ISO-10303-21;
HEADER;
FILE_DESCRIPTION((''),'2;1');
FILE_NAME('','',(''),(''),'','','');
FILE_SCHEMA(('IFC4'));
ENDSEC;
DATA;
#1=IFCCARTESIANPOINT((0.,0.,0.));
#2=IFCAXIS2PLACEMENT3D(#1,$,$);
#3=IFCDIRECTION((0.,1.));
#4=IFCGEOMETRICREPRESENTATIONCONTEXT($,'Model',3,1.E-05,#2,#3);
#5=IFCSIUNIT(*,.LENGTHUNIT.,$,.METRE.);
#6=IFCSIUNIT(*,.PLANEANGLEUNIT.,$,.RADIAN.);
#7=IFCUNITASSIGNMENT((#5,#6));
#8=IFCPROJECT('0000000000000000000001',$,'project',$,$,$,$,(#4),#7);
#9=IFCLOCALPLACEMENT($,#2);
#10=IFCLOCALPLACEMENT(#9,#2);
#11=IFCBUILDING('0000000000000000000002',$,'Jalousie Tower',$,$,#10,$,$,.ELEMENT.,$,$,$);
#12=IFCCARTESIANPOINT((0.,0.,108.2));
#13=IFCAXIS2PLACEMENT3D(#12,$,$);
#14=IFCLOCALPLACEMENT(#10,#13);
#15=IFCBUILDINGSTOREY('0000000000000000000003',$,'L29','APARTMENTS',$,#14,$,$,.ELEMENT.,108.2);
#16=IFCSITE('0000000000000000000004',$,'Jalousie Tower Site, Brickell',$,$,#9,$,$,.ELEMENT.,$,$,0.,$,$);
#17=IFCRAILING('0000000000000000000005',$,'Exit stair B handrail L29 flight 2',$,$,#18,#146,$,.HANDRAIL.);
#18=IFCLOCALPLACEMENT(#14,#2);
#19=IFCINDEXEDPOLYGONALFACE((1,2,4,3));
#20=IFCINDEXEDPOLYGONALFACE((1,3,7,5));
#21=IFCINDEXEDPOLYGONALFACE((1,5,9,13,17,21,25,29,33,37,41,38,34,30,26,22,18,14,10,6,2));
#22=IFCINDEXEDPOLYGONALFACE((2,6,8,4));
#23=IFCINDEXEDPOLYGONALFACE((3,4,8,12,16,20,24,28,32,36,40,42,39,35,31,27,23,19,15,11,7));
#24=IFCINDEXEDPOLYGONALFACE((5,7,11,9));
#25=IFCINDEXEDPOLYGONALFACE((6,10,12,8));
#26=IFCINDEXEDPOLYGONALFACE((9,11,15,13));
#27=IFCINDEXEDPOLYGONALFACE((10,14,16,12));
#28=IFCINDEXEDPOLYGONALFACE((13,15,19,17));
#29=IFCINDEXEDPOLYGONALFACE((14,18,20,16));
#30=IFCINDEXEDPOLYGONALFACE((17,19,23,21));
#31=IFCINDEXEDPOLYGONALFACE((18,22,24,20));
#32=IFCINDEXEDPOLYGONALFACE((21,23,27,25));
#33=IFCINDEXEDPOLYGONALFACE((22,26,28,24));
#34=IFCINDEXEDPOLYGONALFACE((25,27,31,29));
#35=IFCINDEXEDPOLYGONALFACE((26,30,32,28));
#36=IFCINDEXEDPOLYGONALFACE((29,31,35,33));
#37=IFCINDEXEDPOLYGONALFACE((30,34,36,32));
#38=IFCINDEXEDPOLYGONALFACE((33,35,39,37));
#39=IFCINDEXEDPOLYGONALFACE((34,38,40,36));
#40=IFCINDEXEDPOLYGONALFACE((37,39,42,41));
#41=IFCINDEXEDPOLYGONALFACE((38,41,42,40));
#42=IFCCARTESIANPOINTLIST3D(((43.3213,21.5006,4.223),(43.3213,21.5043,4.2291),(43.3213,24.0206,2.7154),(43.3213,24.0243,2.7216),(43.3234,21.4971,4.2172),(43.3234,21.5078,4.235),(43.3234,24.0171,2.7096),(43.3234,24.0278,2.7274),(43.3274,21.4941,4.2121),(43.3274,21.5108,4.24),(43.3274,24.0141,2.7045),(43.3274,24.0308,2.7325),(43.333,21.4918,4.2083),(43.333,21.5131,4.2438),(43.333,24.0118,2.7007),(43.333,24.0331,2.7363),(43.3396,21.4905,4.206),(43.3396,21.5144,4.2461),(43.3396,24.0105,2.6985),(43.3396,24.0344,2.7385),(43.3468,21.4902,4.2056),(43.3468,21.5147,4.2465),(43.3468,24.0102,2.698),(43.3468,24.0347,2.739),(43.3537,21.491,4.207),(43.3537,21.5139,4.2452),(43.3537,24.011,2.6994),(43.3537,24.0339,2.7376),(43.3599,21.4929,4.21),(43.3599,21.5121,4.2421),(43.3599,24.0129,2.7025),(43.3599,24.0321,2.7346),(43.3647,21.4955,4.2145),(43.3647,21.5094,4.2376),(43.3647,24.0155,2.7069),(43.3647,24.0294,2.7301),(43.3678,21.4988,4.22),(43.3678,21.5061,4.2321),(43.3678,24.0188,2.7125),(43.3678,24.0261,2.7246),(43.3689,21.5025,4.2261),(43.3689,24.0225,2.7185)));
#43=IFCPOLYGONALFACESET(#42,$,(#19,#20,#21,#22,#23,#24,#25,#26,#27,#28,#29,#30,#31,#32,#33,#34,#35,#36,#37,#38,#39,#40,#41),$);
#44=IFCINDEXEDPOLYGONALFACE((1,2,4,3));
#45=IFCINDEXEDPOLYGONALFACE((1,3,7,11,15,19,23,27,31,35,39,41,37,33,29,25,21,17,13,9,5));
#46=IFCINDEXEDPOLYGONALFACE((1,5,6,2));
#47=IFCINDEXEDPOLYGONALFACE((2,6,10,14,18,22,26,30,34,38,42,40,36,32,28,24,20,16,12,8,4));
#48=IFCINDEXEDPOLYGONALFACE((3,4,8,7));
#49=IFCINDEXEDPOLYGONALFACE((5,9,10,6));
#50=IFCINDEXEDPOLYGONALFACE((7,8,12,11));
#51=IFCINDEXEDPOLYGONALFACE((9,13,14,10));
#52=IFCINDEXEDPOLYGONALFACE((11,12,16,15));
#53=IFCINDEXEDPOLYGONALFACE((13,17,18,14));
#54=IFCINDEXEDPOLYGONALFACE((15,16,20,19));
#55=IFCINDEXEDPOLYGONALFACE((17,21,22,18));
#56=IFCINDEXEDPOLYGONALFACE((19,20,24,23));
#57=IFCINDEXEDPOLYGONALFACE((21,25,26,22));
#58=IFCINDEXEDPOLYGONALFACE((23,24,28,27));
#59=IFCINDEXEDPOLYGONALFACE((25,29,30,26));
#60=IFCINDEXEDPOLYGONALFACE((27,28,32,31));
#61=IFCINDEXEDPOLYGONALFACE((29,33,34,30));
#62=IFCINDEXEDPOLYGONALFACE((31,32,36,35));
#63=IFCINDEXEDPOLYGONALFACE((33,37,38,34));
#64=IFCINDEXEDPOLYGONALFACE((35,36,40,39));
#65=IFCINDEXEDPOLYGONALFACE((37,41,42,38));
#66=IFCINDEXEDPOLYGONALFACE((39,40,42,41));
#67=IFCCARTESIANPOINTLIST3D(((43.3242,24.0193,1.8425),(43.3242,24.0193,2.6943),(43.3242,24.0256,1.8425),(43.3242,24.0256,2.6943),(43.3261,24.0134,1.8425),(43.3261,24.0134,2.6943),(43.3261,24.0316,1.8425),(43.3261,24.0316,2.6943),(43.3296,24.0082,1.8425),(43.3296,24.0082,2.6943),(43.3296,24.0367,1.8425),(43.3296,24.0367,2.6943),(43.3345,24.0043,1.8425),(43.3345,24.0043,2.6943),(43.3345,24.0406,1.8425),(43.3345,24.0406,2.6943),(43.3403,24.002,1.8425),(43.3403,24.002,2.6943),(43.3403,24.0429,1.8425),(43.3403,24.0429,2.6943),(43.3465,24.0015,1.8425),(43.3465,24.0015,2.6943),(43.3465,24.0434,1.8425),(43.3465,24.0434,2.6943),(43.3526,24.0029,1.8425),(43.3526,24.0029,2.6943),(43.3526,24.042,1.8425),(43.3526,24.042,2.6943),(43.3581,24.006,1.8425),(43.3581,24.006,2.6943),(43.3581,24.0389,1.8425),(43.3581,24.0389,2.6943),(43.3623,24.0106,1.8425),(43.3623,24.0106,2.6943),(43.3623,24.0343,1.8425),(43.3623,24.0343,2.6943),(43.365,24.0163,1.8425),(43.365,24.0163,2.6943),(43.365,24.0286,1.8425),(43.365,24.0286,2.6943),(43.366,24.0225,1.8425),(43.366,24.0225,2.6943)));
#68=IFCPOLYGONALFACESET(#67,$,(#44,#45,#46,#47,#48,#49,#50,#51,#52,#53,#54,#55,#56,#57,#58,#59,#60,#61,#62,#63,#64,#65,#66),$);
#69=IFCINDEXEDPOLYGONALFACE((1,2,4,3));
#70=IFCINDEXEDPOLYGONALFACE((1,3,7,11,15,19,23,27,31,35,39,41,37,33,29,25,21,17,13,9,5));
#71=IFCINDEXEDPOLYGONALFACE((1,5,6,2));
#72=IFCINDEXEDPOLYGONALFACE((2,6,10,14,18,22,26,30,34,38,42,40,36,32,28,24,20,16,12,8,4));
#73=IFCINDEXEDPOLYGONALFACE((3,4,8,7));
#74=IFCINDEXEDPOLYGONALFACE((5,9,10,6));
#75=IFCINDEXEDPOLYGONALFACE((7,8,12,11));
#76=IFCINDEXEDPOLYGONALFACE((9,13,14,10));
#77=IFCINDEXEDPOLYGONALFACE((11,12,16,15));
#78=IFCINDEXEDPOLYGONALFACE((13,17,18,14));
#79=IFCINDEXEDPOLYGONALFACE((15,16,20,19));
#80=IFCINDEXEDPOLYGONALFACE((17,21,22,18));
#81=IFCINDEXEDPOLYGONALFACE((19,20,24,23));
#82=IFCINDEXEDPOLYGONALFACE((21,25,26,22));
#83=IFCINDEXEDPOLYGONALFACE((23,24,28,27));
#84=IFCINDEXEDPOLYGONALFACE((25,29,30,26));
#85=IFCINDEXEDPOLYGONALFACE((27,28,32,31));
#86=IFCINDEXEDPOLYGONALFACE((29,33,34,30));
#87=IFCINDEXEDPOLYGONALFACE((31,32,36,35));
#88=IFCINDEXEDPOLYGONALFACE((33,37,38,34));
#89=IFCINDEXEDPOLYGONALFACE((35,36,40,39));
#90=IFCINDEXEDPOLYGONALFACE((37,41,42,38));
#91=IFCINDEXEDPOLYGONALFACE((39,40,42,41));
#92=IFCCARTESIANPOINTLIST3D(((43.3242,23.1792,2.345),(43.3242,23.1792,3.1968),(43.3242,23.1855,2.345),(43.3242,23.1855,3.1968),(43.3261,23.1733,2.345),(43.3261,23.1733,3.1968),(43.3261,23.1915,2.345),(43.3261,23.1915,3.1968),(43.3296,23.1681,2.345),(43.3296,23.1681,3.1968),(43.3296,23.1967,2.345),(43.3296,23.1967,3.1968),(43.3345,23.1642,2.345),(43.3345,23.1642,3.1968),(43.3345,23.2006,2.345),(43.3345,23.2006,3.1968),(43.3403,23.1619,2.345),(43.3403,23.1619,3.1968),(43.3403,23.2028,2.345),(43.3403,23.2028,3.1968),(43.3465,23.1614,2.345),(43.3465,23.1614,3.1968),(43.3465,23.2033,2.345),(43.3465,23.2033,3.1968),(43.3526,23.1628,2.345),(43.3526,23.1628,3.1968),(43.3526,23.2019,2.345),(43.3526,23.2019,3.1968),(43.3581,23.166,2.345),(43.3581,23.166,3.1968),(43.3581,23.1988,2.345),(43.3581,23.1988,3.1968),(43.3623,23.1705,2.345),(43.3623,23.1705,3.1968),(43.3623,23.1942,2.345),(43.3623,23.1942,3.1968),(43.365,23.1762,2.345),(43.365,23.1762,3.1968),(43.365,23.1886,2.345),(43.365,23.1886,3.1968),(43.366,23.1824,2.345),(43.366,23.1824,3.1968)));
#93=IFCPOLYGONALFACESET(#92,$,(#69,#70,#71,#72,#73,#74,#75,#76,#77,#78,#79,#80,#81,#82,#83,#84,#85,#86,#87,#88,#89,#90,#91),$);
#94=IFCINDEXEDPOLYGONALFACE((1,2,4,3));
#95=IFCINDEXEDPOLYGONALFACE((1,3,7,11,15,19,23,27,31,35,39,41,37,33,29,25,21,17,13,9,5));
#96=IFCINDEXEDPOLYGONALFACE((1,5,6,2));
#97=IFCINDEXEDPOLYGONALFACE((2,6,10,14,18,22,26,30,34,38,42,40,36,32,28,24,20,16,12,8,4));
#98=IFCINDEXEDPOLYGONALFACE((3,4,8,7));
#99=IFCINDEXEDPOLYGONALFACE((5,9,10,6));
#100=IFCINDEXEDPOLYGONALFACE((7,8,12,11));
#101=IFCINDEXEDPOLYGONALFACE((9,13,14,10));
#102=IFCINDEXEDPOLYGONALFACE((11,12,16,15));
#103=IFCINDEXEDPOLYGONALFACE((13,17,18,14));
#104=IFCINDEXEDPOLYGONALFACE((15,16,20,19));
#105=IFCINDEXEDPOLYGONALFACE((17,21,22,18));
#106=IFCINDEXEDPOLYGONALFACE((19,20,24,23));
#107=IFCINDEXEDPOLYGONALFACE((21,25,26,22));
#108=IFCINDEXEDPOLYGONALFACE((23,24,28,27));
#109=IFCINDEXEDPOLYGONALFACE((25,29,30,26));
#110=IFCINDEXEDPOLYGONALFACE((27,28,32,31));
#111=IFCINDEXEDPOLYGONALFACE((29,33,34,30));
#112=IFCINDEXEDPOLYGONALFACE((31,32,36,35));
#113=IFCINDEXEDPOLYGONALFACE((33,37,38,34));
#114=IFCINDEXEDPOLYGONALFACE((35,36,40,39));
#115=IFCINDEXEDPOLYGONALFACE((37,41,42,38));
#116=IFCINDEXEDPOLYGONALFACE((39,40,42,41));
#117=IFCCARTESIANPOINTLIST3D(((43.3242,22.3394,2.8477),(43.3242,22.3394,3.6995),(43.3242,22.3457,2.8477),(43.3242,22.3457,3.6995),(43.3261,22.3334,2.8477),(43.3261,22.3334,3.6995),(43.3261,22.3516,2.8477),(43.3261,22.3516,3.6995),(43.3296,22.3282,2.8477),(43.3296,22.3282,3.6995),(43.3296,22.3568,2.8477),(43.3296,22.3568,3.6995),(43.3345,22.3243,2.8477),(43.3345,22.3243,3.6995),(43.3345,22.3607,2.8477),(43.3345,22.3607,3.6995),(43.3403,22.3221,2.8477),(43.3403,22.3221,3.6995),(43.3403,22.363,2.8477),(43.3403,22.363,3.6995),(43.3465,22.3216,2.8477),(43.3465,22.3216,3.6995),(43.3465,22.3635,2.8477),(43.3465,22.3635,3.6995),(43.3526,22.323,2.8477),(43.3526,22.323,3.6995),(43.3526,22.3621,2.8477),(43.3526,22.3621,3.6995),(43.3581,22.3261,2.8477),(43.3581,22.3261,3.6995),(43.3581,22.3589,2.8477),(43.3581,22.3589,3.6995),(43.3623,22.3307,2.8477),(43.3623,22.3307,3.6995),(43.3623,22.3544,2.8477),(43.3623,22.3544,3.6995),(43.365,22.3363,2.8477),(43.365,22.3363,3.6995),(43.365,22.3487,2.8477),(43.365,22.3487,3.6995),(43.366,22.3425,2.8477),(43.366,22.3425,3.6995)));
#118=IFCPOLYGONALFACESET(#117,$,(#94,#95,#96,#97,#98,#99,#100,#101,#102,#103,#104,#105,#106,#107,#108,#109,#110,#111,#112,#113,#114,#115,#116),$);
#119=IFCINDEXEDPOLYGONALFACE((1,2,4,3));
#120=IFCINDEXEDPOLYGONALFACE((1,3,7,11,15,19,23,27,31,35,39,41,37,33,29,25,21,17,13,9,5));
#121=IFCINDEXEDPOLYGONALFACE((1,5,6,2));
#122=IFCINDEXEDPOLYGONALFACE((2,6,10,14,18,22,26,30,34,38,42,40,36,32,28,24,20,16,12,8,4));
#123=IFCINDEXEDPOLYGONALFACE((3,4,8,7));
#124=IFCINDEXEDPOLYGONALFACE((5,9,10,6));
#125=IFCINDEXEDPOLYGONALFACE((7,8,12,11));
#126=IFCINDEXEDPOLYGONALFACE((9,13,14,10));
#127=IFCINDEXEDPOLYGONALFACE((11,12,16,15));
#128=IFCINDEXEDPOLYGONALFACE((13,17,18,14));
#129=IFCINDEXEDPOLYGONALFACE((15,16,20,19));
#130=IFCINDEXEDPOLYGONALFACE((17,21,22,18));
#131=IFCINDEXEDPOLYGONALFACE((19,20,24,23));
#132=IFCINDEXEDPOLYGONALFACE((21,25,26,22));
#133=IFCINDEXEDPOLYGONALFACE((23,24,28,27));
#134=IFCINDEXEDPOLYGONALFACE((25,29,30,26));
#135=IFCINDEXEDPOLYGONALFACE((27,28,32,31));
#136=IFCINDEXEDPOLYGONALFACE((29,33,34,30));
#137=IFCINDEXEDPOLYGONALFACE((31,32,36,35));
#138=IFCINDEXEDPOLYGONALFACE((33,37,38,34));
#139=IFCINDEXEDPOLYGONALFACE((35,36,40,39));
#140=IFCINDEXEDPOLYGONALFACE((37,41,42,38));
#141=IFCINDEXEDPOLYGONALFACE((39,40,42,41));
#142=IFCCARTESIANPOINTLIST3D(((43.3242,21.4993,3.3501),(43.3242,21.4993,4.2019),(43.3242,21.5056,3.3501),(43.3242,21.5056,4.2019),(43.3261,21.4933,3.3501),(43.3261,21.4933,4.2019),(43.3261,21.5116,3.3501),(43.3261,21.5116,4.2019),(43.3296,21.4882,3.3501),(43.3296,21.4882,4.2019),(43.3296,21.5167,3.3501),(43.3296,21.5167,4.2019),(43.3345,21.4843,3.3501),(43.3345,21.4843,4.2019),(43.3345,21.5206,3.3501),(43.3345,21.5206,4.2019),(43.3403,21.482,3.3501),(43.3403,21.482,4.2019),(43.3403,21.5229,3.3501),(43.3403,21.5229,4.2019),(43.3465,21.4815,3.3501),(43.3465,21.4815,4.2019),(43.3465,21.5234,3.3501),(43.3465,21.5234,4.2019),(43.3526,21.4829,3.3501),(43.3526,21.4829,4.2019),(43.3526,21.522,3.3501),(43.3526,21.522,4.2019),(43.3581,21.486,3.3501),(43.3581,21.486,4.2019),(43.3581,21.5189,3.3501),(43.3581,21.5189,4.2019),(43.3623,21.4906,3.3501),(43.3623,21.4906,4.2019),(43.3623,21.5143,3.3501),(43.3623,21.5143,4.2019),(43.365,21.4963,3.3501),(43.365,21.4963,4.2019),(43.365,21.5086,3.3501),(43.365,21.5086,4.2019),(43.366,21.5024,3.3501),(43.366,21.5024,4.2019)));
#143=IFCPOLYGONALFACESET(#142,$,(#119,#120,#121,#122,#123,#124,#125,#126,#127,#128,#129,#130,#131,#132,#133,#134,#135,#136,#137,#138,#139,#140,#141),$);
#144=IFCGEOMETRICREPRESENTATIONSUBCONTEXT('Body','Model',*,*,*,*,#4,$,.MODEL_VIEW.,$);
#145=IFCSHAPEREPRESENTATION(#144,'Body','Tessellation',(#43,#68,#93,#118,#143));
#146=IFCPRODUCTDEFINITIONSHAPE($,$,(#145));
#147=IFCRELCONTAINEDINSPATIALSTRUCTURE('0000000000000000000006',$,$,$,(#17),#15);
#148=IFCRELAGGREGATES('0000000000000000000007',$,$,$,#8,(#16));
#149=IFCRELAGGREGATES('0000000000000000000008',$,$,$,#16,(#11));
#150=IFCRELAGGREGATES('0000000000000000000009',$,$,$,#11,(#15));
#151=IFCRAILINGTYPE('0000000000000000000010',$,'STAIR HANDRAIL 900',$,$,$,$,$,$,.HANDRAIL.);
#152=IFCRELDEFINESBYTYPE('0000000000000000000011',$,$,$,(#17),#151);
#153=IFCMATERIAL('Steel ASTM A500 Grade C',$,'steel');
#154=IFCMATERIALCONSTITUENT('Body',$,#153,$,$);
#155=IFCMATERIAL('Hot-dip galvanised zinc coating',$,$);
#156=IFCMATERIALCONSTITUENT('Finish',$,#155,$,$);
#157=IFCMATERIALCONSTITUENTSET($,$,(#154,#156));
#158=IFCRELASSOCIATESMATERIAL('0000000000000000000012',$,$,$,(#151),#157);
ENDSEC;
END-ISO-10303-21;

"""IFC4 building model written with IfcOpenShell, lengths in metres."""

from ifc_helpers import new_model, si_unit, direction, frame, origin, origin_2d, place, context, subcontext, project, spatial, circle, extrude, material, constituent, constituent_set, type_object, element, save


model = new_model("IFC4")

# Units and contexts
model_context = context("Model", 3, precision=1e-05, world=origin(), true_north=direction((0.0, 1.0)))
body_context = subcontext(model_context, "Body", "Model", "MODEL_VIEW")
ifc_project = project(units=[si_unit("LENGTHUNIT", "METRE"), si_unit("PLANEANGLEUNIT", "RADIAN")], contexts=[model_context])

# Site, building, storey
site_placement = place(None, origin())
site = spatial("IfcSite", under=ifc_project, at=site_placement, Name="Jalousie Tower Site, Brickell", CompositionType="ELEMENT", RefElevation=0.0)
building_placement = place(site_placement, origin())
building = spatial("IfcBuilding", under=site, at=building_placement, Name="Jalousie Tower", CompositionType="ELEMENT")
storey_placement = place(building_placement, frame((0.0, 0.0, 108.2)))
storey = spatial("IfcBuildingStorey", under=building, at=storey_placement, Name="L29", Description="APARTMENTS", CompositionType="ELEMENT", Elevation=108.2)

# Railing
ifc_material_1 = material(Name="Steel ASTM A500 Grade C", Category="steel")
ifc_constituent_1 = constituent(ifc_material_1, Name="Body")
ifc_material_2 = material(Name="Hot-dip galvanised zinc coating")
ifc_constituent_2 = constituent(ifc_material_2, Name="Finish")
ifc_constituent_set_1 = constituent_set(constituents=[ifc_constituent_1, ifc_constituent_2])
railing_type_1 = type_object("IfcRailingType", Name="STAIR HANDRAIL 900", PredefinedType="HANDRAIL", material=ifc_constituent_set_1)
railing_1_placement = place(storey_placement, frame((43.345, 24.0225, 1.8425)))
element("IfcRailing", 1, at=railing_1_placement, inside=storey, type_object=railing_type_1, Name="Exit stair B handrail L29 flight 2", PredefinedType="HANDRAIL", context=body_context, shape_type="SweptSolid", body=[
    extrude(circle(Radius=0.0239, at=origin_2d()), frame((0.0, 0.0, 0.876), z_axis=(0.0, -0.85816, 0.513383), x_axis=(1.0, 0.0, 0.0)), (0.0, 0.0, 1.0), 2.9365),
    extrude(circle(Radius=0.021, at=origin_2d()), origin(), (0.0, 0.0, 1.0), 0.8518),
    extrude(circle(Radius=0.021, at=origin_2d()), frame((0.0, -0.8401, 0.5024)), (0.0, 0.0, 1.0), 0.8518),
    extrude(circle(Radius=0.021, at=origin_2d()), frame((0.0, -1.6799, 1.0051)), (0.0, 0.0, 1.0), 0.8518),
    extrude(circle(Radius=0.021, at=origin_2d()), frame((0.0, -2.52, 1.5076)), (0.0, 0.0, 1.0), 0.8518),
])

save(model, "model.ifc")
